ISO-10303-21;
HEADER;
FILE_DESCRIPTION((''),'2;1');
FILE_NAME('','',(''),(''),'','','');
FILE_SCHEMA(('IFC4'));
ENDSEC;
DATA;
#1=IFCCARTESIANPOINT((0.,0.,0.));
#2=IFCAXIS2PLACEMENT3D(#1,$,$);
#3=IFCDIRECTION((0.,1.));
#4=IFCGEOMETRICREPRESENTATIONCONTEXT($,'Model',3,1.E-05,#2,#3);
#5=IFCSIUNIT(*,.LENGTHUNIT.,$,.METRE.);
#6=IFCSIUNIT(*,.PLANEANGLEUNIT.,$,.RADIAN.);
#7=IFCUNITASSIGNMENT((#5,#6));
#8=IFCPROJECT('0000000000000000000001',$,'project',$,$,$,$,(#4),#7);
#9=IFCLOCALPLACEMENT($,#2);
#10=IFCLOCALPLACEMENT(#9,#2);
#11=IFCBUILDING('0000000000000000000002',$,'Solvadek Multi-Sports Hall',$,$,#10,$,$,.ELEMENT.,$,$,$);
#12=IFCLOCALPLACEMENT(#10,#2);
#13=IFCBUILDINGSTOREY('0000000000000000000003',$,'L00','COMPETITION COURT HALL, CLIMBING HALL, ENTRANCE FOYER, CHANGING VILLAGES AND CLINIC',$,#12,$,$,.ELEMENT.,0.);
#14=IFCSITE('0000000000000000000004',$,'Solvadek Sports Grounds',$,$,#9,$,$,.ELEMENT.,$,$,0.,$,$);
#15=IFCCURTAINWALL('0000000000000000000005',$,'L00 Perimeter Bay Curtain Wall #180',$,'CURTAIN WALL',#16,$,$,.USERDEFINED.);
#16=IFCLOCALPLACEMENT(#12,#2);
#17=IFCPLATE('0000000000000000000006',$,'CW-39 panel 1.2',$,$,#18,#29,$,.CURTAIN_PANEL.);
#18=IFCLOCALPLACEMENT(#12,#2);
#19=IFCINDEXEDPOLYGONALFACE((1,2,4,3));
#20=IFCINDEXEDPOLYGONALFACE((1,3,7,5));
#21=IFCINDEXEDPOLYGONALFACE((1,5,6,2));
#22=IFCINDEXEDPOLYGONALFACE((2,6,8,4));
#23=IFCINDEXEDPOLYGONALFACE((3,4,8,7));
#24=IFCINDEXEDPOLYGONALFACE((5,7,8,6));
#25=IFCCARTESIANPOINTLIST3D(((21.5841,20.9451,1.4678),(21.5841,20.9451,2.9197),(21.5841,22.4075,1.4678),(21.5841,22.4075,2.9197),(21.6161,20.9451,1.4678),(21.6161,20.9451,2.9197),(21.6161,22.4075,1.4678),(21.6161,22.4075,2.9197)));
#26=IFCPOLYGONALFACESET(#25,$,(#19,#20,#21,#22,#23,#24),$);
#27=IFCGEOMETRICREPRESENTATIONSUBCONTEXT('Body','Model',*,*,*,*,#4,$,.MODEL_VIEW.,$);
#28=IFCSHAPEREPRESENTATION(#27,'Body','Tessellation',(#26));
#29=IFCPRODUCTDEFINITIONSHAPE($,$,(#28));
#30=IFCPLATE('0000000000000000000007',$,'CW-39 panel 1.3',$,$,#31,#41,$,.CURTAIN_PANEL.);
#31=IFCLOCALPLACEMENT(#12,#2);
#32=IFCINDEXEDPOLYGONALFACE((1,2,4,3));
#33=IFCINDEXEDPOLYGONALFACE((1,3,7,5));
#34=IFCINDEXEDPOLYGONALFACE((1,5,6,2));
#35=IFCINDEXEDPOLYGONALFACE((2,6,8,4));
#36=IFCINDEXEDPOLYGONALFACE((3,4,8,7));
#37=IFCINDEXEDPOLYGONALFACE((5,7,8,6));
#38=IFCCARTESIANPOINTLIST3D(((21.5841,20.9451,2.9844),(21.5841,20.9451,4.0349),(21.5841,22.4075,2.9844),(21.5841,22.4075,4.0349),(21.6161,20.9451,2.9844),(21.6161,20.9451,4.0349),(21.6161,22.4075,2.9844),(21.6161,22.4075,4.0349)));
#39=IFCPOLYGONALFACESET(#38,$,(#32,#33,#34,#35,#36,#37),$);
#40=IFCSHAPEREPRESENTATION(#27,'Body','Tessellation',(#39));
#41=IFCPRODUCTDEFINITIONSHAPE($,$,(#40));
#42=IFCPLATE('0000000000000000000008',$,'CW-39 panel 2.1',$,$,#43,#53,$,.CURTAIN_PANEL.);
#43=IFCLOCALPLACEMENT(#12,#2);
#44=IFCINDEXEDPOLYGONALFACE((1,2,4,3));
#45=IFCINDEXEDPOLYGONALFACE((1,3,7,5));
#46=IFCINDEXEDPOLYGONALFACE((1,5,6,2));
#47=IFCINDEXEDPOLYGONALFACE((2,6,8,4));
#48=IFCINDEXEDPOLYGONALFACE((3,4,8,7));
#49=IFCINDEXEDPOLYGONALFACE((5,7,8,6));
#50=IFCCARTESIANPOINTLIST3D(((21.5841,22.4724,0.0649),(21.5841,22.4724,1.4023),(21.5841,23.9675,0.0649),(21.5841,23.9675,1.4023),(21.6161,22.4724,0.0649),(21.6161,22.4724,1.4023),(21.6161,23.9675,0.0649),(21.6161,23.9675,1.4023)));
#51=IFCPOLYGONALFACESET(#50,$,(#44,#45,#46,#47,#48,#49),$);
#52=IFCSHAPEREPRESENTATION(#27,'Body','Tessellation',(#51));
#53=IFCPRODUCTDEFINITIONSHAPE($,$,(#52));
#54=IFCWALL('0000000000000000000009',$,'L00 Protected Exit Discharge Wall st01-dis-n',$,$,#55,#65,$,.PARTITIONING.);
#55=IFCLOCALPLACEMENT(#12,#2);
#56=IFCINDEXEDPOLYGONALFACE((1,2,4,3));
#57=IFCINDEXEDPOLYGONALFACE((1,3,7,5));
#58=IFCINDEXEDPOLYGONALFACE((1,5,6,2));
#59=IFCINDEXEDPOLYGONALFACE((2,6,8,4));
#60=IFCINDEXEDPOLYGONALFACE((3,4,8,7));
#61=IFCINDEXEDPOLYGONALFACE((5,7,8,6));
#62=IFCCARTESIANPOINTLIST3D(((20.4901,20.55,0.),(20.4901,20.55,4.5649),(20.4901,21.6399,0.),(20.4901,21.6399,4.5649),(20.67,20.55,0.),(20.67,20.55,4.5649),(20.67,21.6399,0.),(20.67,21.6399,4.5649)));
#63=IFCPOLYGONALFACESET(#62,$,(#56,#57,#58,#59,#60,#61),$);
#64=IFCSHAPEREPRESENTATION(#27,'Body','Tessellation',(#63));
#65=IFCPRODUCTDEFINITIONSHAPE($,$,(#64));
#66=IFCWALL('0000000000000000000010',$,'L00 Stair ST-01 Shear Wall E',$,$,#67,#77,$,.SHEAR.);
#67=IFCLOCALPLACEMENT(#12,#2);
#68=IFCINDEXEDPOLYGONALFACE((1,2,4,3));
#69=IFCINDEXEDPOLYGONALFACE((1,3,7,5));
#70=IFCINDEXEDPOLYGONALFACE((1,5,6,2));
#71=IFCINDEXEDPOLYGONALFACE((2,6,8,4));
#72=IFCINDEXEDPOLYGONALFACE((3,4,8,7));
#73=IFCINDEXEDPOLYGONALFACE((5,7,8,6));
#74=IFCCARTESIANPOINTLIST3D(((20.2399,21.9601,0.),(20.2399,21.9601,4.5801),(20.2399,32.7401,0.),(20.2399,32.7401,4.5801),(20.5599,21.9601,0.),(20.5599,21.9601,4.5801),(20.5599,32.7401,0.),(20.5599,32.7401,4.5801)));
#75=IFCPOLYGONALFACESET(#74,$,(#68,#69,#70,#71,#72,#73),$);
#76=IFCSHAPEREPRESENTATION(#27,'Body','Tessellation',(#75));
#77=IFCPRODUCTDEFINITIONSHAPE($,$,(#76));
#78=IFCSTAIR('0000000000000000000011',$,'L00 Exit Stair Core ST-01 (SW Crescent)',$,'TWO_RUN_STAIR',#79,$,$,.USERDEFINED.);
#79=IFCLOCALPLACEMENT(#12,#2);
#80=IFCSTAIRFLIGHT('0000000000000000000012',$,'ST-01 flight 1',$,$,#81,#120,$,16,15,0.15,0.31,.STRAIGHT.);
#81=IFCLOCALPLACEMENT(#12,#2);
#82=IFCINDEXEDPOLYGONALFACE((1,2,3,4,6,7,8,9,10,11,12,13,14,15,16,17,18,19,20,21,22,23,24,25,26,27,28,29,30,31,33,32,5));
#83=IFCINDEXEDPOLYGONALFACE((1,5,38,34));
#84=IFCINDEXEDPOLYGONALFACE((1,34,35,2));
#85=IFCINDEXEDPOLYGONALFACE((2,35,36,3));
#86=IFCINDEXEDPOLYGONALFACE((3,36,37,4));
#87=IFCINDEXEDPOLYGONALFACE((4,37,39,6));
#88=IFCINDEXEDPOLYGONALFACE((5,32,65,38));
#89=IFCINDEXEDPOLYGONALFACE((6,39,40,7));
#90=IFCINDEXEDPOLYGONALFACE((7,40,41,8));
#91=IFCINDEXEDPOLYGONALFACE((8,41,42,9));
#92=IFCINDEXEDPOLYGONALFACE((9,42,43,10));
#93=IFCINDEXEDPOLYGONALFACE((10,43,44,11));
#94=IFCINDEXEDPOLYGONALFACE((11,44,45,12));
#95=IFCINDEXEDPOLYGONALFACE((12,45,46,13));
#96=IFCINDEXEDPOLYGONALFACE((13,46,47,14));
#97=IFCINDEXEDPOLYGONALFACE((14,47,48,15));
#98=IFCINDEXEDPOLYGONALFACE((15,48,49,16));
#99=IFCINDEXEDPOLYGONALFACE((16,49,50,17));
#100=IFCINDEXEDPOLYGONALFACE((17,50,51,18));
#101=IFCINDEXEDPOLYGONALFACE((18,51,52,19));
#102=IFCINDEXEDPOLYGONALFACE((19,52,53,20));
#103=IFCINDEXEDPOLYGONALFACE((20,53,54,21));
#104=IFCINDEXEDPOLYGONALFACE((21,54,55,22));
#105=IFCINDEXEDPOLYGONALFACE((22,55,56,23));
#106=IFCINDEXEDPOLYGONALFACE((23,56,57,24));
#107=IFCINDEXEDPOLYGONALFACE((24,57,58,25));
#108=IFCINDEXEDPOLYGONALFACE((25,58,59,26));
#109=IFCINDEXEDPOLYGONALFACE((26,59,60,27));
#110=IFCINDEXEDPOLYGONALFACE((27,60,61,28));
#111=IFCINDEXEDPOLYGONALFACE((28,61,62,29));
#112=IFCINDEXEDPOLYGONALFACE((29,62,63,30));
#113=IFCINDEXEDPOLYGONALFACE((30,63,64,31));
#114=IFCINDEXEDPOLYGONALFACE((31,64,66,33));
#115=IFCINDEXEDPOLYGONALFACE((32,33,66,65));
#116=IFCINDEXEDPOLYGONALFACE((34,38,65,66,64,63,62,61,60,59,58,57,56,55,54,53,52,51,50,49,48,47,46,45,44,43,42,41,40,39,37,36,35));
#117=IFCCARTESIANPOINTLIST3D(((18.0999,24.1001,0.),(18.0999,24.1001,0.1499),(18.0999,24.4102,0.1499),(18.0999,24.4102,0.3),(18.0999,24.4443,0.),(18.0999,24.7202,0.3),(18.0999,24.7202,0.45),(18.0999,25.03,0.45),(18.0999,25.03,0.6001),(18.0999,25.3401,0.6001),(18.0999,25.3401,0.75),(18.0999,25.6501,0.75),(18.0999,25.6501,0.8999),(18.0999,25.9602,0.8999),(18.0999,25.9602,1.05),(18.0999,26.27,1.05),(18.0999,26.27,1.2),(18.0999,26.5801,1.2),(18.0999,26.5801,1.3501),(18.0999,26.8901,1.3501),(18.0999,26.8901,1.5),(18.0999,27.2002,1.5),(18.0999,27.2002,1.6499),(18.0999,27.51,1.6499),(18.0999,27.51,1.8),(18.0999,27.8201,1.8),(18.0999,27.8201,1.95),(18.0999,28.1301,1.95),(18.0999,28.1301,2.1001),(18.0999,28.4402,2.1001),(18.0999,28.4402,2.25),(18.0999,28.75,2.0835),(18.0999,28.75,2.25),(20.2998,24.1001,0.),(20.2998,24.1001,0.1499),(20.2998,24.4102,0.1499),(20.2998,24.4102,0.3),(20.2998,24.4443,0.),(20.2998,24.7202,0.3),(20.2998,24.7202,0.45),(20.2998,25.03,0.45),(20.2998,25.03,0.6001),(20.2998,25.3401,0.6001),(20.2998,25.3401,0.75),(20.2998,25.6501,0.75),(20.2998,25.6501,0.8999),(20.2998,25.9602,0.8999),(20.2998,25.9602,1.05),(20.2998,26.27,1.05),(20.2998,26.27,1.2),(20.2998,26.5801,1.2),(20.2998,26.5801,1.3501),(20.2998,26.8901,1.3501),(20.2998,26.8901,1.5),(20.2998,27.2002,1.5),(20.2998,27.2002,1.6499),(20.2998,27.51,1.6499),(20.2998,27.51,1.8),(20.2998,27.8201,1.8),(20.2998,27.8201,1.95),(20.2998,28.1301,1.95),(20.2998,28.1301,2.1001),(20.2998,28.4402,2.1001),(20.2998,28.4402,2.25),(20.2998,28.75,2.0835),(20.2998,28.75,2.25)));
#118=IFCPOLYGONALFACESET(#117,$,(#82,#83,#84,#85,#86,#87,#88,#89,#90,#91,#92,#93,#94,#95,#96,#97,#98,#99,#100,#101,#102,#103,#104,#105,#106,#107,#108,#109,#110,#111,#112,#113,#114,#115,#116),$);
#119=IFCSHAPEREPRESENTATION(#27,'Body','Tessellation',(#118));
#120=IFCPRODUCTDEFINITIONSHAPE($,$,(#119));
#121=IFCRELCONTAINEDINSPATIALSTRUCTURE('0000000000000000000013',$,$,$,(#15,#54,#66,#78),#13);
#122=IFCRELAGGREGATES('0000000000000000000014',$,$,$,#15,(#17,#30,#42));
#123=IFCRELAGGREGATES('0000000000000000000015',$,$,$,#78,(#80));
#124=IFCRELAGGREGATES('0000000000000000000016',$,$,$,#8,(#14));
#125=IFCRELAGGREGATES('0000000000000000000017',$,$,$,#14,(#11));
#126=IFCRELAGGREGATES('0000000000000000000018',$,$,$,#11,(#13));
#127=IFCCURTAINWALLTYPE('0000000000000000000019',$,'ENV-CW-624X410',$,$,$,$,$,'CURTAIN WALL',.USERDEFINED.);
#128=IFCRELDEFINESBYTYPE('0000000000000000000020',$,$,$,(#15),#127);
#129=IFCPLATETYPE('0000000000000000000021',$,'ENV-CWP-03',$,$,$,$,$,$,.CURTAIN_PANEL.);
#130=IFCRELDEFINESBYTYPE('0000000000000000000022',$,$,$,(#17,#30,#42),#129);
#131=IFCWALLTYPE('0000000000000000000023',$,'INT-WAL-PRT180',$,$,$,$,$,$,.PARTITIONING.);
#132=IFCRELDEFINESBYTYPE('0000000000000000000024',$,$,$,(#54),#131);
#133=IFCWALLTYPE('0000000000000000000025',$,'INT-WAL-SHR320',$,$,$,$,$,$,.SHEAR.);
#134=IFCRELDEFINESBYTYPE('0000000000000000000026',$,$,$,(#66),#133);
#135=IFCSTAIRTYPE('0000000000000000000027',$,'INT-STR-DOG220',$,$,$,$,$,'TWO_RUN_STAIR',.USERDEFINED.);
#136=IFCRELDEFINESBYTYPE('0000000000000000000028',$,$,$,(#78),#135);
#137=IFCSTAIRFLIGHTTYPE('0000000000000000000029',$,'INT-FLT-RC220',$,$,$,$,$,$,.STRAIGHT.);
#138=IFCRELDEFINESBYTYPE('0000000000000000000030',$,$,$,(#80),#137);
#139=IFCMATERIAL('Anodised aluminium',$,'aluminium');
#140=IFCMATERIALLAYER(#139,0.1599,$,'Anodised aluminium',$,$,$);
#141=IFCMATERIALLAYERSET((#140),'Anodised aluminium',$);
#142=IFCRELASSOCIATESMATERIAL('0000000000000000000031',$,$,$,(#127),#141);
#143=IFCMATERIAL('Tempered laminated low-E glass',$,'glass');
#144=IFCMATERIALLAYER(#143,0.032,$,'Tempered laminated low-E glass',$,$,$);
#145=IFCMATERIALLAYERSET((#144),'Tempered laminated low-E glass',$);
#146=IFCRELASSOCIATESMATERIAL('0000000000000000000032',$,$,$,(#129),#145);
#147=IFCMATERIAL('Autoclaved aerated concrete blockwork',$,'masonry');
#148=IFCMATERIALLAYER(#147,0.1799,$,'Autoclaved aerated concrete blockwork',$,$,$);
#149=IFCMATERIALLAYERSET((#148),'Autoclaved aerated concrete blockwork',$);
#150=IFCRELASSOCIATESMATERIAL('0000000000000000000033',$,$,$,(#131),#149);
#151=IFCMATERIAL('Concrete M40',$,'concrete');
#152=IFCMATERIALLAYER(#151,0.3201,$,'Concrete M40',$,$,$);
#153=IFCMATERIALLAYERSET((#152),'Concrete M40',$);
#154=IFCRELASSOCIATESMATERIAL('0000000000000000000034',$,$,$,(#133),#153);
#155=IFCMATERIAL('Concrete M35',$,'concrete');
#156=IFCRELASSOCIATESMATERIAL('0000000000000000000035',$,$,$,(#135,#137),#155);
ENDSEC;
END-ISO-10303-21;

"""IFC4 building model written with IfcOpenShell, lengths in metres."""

from ifc_helpers import new_model, si_unit, direction, frame, frame_2d, origin, origin_2d, place, context, subcontext, project, spatial, polyline, rectangle, outline, extrude, material, layer, layer_set, type_object, element, aggregate, save


model = new_model("IFC4")

# Units and contexts
model_context = context("Model", 3, precision=1e-05, world=origin(), true_north=direction((0.0, 1.0)))
body_context = subcontext(model_context, "Body", "Model", "MODEL_VIEW")
ifc_project = project(units=[si_unit("LENGTHUNIT", "METRE"), si_unit("PLANEANGLEUNIT", "RADIAN")], contexts=[model_context])

# Site, building, storey
site_placement = place(None, origin())
site = spatial("IfcSite", under=ifc_project, at=site_placement, Name="Solvadek Sports Grounds", CompositionType="ELEMENT", RefElevation=0.0)
building_placement = place(site_placement, origin())
building = spatial("IfcBuilding", under=site, at=building_placement, Name="Solvadek Multi-Sports Hall", CompositionType="ELEMENT")
storey_placement = place(building_placement, origin())
storey = spatial("IfcBuildingStorey", under=building, at=storey_placement, Name="L00", Description="COMPETITION COURT HALL, CLIMBING HALL, ENTRANCE FOYER, CHANGING VILLAGES AND CLINIC", CompositionType="ELEMENT", Elevation=0.0)

# Curtain wall, plates
ifc_material_1 = material(Name="Anodised aluminium", Category="aluminium")
ifc_layer_1 = layer(ifc_material_1, 0.1599, Name="Anodised aluminium")
ifc_layer_set_1 = layer_set([ifc_layer_1], Name="Anodised aluminium")
curtain_wall_type = type_object("IfcCurtainWallType", Name="ENV-CW-624X410", ElementType="CURTAIN WALL", PredefinedType="USERDEFINED", material=ifc_layer_set_1)
curtain_wall_placement = place(storey_placement, origin())
curtain_wall = element("IfcCurtainWall", 1, at=curtain_wall_placement, inside=storey, type_object=curtain_wall_type, Name="L00 Perimeter Bay Curtain Wall #180", ObjectType="CURTAIN WALL", PredefinedType="USERDEFINED")
ifc_material_2 = material(Name="Tempered laminated low-E glass", Category="glass")
ifc_layer_2 = layer(ifc_material_2, 0.032, Name="Tempered laminated low-E glass")
ifc_layer_set_2 = layer_set([ifc_layer_2], Name="Tempered laminated low-E glass")
plate_type = type_object("IfcPlateType", Name="ENV-CWP-03", PredefinedType="CURTAIN_PANEL", material=ifc_layer_set_2)
plate_1_placement = place(storey_placement, frame((21.6001, 21.6763, 1.4678), z_axis=(0.0, 0.0, 1.0), x_axis=(0.0, 1.0, 0.0)))
plate_1 = element("IfcPlate", 2, at=plate_1_placement, type_object=plate_type, Name="CW-39 panel 1.2", PredefinedType="CURTAIN_PANEL", context=body_context, shape_type="SweptSolid", body=[
    extrude(rectangle(XDim=1.4624, YDim=0.032, at=origin_2d()), origin(), (0.0, 0.0, 1.0), 1.4519),
])
plate_2_placement = place(storey_placement, frame((21.6001, 21.6763, 2.9844), z_axis=(0.0, 0.0, 1.0), x_axis=(0.0, 1.0, 0.0)))
plate_2 = element("IfcPlate", 3, at=plate_2_placement, type_object=plate_type, Name="CW-39 panel 1.3", PredefinedType="CURTAIN_PANEL", context=body_context, shape_type="SweptSolid", body=[
    extrude(rectangle(XDim=1.4624, YDim=0.032, at=origin_2d()), origin(), (0.0, 0.0, 1.0), 1.0505),
])
plate_3_placement = place(storey_placement, frame((21.6001, 23.22, 0.0649), z_axis=(0.0, 0.0, 1.0), x_axis=(0.0, 1.0, 0.0)))
plate_3 = element("IfcPlate", 4, at=plate_3_placement, type_object=plate_type, Name="CW-39 panel 2.1", PredefinedType="CURTAIN_PANEL", context=body_context, shape_type="SweptSolid", body=[
    extrude(rectangle(XDim=1.4951, YDim=0.032, at=origin_2d()), origin(), (0.0, 0.0, 1.0), 1.3374),
])
aggregate(curtain_wall, [plate_1, plate_2, plate_3])

# Walls
ifc_material_3 = material(Name="Autoclaved aerated concrete blockwork", Category="masonry")
ifc_layer_3 = layer(ifc_material_3, 0.1799, Name="Autoclaved aerated concrete blockwork")
ifc_layer_set_3 = layer_set([ifc_layer_3], Name="Autoclaved aerated concrete blockwork")
wall_type_1 = type_object("IfcWallType", Name="INT-WAL-PRT180", PredefinedType="PARTITIONING", material=ifc_layer_set_3)
wall_1_placement = place(storey_placement, frame((20.5801, 20.55, 0.0), z_axis=(0.0, 0.0, 1.0), x_axis=(0.0, 1.0, 0.0)))
element("IfcWall", 5, at=wall_1_placement, inside=storey, type_object=wall_type_1, Name="L00 Protected Exit Discharge Wall st01-dis-n", PredefinedType="PARTITIONING", context=body_context, shape_type="SweptSolid", body=[
    extrude(rectangle(XDim=1.0898, YDim=0.1799, at=frame_2d((0.5449, 0.0))), origin(), (0.0, 0.0, 1.0), 4.5649),
])
ifc_material_4 = material(Name="Concrete M40", Category="concrete")
ifc_layer_4 = layer(ifc_material_4, 0.3201, Name="Concrete M40")
ifc_layer_set_4 = layer_set([ifc_layer_4], Name="Concrete M40")
wall_type_2 = type_object("IfcWallType", Name="INT-WAL-SHR320", PredefinedType="SHEAR", material=ifc_layer_set_4)
wall_2_placement = place(storey_placement, frame((20.3999, 21.96, 0.0), z_axis=(0.0, 0.0, 1.0), x_axis=(0.0, 1.0, 0.0)))
element("IfcWall", 6, at=wall_2_placement, inside=storey, type_object=wall_type_2, Name="L00 Stair ST-01 Shear Wall E", PredefinedType="SHEAR", context=body_context, shape_type="SweptSolid", body=[
    extrude(rectangle(XDim=10.78, YDim=0.3201, at=frame_2d((5.3901, 0.0))), origin(), (0.0, 0.0, 1.0), 4.5801),
])

# Stair, stair flight
ifc_material_5 = material(Name="Concrete M35", Category="concrete")
stair_type = type_object("IfcStairType", Name="INT-STR-DOG220", ElementType="TWO_RUN_STAIR", PredefinedType="USERDEFINED", material=ifc_material_5)
stair_placement = place(storey_placement, origin())
stair = element("IfcStair", 7, at=stair_placement, inside=storey, type_object=stair_type, Name="L00 Exit Stair Core ST-01 (SW Crescent)", ObjectType="TWO_RUN_STAIR", PredefinedType="USERDEFINED")
stair_flight_type = type_object("IfcStairFlightType", Name="INT-FLT-RC220", PredefinedType="STRAIGHT", material=ifc_material_5)
stair_flight_placement = place(storey_placement, frame((19.2, 24.1001, 0.0), z_axis=(0.0, 0.0, 1.0), x_axis=(0.0, 1.0, 0.0)))
stair_flight = element("IfcStairFlight", 8, at=stair_flight_placement, type_object=stair_flight_type, Name="ST-01 flight 1", NumberOfRisers=16, NumberOfTreads=15, PredefinedType="STRAIGHT", RiserHeight=0.15, TreadLength=0.31, context=body_context, shape_type="SweptSolid", body=[
    extrude(outline(polyline([(0.0, 0.0), (0.0, 0.1499), (0.3101, 0.1499), (0.3101, 0.3), (0.6201, 0.3), (0.6201, 0.45), (0.9299, 0.45), (0.9299, 0.6001), (1.24, 0.6001), (1.24, 0.75), (1.55, 0.75), (1.55, 0.8999), (1.8601, 0.8999), (1.8601, 1.05), (2.1699, 1.05), (2.1699, 1.2), (2.48, 1.2), (2.48, 1.3501), (2.79, 1.3501), (2.79, 1.5), (3.1001, 1.5), (3.1001, 1.6499), (3.4099, 1.6499), (3.4099, 1.8), (3.72, 1.8), (3.72, 1.95), (4.03, 1.95), (4.03, 2.1001), (4.3401, 2.1001), (4.3401, 2.25), (4.6499, 2.25), (4.6499, 2.3999), (4.6499, 2.0835), (0.3442, 0.0), (0.0, 0.0)])), frame((0.0, 1.1001, 0.0), z_axis=(0.0, -1.0, 0.0), x_axis=(1.0, 0.0, 0.0)), (0.0, 0.0, 1.0), 2.2),
])
aggregate(stair, [stair_flight])

save(model, "model.ifc")
